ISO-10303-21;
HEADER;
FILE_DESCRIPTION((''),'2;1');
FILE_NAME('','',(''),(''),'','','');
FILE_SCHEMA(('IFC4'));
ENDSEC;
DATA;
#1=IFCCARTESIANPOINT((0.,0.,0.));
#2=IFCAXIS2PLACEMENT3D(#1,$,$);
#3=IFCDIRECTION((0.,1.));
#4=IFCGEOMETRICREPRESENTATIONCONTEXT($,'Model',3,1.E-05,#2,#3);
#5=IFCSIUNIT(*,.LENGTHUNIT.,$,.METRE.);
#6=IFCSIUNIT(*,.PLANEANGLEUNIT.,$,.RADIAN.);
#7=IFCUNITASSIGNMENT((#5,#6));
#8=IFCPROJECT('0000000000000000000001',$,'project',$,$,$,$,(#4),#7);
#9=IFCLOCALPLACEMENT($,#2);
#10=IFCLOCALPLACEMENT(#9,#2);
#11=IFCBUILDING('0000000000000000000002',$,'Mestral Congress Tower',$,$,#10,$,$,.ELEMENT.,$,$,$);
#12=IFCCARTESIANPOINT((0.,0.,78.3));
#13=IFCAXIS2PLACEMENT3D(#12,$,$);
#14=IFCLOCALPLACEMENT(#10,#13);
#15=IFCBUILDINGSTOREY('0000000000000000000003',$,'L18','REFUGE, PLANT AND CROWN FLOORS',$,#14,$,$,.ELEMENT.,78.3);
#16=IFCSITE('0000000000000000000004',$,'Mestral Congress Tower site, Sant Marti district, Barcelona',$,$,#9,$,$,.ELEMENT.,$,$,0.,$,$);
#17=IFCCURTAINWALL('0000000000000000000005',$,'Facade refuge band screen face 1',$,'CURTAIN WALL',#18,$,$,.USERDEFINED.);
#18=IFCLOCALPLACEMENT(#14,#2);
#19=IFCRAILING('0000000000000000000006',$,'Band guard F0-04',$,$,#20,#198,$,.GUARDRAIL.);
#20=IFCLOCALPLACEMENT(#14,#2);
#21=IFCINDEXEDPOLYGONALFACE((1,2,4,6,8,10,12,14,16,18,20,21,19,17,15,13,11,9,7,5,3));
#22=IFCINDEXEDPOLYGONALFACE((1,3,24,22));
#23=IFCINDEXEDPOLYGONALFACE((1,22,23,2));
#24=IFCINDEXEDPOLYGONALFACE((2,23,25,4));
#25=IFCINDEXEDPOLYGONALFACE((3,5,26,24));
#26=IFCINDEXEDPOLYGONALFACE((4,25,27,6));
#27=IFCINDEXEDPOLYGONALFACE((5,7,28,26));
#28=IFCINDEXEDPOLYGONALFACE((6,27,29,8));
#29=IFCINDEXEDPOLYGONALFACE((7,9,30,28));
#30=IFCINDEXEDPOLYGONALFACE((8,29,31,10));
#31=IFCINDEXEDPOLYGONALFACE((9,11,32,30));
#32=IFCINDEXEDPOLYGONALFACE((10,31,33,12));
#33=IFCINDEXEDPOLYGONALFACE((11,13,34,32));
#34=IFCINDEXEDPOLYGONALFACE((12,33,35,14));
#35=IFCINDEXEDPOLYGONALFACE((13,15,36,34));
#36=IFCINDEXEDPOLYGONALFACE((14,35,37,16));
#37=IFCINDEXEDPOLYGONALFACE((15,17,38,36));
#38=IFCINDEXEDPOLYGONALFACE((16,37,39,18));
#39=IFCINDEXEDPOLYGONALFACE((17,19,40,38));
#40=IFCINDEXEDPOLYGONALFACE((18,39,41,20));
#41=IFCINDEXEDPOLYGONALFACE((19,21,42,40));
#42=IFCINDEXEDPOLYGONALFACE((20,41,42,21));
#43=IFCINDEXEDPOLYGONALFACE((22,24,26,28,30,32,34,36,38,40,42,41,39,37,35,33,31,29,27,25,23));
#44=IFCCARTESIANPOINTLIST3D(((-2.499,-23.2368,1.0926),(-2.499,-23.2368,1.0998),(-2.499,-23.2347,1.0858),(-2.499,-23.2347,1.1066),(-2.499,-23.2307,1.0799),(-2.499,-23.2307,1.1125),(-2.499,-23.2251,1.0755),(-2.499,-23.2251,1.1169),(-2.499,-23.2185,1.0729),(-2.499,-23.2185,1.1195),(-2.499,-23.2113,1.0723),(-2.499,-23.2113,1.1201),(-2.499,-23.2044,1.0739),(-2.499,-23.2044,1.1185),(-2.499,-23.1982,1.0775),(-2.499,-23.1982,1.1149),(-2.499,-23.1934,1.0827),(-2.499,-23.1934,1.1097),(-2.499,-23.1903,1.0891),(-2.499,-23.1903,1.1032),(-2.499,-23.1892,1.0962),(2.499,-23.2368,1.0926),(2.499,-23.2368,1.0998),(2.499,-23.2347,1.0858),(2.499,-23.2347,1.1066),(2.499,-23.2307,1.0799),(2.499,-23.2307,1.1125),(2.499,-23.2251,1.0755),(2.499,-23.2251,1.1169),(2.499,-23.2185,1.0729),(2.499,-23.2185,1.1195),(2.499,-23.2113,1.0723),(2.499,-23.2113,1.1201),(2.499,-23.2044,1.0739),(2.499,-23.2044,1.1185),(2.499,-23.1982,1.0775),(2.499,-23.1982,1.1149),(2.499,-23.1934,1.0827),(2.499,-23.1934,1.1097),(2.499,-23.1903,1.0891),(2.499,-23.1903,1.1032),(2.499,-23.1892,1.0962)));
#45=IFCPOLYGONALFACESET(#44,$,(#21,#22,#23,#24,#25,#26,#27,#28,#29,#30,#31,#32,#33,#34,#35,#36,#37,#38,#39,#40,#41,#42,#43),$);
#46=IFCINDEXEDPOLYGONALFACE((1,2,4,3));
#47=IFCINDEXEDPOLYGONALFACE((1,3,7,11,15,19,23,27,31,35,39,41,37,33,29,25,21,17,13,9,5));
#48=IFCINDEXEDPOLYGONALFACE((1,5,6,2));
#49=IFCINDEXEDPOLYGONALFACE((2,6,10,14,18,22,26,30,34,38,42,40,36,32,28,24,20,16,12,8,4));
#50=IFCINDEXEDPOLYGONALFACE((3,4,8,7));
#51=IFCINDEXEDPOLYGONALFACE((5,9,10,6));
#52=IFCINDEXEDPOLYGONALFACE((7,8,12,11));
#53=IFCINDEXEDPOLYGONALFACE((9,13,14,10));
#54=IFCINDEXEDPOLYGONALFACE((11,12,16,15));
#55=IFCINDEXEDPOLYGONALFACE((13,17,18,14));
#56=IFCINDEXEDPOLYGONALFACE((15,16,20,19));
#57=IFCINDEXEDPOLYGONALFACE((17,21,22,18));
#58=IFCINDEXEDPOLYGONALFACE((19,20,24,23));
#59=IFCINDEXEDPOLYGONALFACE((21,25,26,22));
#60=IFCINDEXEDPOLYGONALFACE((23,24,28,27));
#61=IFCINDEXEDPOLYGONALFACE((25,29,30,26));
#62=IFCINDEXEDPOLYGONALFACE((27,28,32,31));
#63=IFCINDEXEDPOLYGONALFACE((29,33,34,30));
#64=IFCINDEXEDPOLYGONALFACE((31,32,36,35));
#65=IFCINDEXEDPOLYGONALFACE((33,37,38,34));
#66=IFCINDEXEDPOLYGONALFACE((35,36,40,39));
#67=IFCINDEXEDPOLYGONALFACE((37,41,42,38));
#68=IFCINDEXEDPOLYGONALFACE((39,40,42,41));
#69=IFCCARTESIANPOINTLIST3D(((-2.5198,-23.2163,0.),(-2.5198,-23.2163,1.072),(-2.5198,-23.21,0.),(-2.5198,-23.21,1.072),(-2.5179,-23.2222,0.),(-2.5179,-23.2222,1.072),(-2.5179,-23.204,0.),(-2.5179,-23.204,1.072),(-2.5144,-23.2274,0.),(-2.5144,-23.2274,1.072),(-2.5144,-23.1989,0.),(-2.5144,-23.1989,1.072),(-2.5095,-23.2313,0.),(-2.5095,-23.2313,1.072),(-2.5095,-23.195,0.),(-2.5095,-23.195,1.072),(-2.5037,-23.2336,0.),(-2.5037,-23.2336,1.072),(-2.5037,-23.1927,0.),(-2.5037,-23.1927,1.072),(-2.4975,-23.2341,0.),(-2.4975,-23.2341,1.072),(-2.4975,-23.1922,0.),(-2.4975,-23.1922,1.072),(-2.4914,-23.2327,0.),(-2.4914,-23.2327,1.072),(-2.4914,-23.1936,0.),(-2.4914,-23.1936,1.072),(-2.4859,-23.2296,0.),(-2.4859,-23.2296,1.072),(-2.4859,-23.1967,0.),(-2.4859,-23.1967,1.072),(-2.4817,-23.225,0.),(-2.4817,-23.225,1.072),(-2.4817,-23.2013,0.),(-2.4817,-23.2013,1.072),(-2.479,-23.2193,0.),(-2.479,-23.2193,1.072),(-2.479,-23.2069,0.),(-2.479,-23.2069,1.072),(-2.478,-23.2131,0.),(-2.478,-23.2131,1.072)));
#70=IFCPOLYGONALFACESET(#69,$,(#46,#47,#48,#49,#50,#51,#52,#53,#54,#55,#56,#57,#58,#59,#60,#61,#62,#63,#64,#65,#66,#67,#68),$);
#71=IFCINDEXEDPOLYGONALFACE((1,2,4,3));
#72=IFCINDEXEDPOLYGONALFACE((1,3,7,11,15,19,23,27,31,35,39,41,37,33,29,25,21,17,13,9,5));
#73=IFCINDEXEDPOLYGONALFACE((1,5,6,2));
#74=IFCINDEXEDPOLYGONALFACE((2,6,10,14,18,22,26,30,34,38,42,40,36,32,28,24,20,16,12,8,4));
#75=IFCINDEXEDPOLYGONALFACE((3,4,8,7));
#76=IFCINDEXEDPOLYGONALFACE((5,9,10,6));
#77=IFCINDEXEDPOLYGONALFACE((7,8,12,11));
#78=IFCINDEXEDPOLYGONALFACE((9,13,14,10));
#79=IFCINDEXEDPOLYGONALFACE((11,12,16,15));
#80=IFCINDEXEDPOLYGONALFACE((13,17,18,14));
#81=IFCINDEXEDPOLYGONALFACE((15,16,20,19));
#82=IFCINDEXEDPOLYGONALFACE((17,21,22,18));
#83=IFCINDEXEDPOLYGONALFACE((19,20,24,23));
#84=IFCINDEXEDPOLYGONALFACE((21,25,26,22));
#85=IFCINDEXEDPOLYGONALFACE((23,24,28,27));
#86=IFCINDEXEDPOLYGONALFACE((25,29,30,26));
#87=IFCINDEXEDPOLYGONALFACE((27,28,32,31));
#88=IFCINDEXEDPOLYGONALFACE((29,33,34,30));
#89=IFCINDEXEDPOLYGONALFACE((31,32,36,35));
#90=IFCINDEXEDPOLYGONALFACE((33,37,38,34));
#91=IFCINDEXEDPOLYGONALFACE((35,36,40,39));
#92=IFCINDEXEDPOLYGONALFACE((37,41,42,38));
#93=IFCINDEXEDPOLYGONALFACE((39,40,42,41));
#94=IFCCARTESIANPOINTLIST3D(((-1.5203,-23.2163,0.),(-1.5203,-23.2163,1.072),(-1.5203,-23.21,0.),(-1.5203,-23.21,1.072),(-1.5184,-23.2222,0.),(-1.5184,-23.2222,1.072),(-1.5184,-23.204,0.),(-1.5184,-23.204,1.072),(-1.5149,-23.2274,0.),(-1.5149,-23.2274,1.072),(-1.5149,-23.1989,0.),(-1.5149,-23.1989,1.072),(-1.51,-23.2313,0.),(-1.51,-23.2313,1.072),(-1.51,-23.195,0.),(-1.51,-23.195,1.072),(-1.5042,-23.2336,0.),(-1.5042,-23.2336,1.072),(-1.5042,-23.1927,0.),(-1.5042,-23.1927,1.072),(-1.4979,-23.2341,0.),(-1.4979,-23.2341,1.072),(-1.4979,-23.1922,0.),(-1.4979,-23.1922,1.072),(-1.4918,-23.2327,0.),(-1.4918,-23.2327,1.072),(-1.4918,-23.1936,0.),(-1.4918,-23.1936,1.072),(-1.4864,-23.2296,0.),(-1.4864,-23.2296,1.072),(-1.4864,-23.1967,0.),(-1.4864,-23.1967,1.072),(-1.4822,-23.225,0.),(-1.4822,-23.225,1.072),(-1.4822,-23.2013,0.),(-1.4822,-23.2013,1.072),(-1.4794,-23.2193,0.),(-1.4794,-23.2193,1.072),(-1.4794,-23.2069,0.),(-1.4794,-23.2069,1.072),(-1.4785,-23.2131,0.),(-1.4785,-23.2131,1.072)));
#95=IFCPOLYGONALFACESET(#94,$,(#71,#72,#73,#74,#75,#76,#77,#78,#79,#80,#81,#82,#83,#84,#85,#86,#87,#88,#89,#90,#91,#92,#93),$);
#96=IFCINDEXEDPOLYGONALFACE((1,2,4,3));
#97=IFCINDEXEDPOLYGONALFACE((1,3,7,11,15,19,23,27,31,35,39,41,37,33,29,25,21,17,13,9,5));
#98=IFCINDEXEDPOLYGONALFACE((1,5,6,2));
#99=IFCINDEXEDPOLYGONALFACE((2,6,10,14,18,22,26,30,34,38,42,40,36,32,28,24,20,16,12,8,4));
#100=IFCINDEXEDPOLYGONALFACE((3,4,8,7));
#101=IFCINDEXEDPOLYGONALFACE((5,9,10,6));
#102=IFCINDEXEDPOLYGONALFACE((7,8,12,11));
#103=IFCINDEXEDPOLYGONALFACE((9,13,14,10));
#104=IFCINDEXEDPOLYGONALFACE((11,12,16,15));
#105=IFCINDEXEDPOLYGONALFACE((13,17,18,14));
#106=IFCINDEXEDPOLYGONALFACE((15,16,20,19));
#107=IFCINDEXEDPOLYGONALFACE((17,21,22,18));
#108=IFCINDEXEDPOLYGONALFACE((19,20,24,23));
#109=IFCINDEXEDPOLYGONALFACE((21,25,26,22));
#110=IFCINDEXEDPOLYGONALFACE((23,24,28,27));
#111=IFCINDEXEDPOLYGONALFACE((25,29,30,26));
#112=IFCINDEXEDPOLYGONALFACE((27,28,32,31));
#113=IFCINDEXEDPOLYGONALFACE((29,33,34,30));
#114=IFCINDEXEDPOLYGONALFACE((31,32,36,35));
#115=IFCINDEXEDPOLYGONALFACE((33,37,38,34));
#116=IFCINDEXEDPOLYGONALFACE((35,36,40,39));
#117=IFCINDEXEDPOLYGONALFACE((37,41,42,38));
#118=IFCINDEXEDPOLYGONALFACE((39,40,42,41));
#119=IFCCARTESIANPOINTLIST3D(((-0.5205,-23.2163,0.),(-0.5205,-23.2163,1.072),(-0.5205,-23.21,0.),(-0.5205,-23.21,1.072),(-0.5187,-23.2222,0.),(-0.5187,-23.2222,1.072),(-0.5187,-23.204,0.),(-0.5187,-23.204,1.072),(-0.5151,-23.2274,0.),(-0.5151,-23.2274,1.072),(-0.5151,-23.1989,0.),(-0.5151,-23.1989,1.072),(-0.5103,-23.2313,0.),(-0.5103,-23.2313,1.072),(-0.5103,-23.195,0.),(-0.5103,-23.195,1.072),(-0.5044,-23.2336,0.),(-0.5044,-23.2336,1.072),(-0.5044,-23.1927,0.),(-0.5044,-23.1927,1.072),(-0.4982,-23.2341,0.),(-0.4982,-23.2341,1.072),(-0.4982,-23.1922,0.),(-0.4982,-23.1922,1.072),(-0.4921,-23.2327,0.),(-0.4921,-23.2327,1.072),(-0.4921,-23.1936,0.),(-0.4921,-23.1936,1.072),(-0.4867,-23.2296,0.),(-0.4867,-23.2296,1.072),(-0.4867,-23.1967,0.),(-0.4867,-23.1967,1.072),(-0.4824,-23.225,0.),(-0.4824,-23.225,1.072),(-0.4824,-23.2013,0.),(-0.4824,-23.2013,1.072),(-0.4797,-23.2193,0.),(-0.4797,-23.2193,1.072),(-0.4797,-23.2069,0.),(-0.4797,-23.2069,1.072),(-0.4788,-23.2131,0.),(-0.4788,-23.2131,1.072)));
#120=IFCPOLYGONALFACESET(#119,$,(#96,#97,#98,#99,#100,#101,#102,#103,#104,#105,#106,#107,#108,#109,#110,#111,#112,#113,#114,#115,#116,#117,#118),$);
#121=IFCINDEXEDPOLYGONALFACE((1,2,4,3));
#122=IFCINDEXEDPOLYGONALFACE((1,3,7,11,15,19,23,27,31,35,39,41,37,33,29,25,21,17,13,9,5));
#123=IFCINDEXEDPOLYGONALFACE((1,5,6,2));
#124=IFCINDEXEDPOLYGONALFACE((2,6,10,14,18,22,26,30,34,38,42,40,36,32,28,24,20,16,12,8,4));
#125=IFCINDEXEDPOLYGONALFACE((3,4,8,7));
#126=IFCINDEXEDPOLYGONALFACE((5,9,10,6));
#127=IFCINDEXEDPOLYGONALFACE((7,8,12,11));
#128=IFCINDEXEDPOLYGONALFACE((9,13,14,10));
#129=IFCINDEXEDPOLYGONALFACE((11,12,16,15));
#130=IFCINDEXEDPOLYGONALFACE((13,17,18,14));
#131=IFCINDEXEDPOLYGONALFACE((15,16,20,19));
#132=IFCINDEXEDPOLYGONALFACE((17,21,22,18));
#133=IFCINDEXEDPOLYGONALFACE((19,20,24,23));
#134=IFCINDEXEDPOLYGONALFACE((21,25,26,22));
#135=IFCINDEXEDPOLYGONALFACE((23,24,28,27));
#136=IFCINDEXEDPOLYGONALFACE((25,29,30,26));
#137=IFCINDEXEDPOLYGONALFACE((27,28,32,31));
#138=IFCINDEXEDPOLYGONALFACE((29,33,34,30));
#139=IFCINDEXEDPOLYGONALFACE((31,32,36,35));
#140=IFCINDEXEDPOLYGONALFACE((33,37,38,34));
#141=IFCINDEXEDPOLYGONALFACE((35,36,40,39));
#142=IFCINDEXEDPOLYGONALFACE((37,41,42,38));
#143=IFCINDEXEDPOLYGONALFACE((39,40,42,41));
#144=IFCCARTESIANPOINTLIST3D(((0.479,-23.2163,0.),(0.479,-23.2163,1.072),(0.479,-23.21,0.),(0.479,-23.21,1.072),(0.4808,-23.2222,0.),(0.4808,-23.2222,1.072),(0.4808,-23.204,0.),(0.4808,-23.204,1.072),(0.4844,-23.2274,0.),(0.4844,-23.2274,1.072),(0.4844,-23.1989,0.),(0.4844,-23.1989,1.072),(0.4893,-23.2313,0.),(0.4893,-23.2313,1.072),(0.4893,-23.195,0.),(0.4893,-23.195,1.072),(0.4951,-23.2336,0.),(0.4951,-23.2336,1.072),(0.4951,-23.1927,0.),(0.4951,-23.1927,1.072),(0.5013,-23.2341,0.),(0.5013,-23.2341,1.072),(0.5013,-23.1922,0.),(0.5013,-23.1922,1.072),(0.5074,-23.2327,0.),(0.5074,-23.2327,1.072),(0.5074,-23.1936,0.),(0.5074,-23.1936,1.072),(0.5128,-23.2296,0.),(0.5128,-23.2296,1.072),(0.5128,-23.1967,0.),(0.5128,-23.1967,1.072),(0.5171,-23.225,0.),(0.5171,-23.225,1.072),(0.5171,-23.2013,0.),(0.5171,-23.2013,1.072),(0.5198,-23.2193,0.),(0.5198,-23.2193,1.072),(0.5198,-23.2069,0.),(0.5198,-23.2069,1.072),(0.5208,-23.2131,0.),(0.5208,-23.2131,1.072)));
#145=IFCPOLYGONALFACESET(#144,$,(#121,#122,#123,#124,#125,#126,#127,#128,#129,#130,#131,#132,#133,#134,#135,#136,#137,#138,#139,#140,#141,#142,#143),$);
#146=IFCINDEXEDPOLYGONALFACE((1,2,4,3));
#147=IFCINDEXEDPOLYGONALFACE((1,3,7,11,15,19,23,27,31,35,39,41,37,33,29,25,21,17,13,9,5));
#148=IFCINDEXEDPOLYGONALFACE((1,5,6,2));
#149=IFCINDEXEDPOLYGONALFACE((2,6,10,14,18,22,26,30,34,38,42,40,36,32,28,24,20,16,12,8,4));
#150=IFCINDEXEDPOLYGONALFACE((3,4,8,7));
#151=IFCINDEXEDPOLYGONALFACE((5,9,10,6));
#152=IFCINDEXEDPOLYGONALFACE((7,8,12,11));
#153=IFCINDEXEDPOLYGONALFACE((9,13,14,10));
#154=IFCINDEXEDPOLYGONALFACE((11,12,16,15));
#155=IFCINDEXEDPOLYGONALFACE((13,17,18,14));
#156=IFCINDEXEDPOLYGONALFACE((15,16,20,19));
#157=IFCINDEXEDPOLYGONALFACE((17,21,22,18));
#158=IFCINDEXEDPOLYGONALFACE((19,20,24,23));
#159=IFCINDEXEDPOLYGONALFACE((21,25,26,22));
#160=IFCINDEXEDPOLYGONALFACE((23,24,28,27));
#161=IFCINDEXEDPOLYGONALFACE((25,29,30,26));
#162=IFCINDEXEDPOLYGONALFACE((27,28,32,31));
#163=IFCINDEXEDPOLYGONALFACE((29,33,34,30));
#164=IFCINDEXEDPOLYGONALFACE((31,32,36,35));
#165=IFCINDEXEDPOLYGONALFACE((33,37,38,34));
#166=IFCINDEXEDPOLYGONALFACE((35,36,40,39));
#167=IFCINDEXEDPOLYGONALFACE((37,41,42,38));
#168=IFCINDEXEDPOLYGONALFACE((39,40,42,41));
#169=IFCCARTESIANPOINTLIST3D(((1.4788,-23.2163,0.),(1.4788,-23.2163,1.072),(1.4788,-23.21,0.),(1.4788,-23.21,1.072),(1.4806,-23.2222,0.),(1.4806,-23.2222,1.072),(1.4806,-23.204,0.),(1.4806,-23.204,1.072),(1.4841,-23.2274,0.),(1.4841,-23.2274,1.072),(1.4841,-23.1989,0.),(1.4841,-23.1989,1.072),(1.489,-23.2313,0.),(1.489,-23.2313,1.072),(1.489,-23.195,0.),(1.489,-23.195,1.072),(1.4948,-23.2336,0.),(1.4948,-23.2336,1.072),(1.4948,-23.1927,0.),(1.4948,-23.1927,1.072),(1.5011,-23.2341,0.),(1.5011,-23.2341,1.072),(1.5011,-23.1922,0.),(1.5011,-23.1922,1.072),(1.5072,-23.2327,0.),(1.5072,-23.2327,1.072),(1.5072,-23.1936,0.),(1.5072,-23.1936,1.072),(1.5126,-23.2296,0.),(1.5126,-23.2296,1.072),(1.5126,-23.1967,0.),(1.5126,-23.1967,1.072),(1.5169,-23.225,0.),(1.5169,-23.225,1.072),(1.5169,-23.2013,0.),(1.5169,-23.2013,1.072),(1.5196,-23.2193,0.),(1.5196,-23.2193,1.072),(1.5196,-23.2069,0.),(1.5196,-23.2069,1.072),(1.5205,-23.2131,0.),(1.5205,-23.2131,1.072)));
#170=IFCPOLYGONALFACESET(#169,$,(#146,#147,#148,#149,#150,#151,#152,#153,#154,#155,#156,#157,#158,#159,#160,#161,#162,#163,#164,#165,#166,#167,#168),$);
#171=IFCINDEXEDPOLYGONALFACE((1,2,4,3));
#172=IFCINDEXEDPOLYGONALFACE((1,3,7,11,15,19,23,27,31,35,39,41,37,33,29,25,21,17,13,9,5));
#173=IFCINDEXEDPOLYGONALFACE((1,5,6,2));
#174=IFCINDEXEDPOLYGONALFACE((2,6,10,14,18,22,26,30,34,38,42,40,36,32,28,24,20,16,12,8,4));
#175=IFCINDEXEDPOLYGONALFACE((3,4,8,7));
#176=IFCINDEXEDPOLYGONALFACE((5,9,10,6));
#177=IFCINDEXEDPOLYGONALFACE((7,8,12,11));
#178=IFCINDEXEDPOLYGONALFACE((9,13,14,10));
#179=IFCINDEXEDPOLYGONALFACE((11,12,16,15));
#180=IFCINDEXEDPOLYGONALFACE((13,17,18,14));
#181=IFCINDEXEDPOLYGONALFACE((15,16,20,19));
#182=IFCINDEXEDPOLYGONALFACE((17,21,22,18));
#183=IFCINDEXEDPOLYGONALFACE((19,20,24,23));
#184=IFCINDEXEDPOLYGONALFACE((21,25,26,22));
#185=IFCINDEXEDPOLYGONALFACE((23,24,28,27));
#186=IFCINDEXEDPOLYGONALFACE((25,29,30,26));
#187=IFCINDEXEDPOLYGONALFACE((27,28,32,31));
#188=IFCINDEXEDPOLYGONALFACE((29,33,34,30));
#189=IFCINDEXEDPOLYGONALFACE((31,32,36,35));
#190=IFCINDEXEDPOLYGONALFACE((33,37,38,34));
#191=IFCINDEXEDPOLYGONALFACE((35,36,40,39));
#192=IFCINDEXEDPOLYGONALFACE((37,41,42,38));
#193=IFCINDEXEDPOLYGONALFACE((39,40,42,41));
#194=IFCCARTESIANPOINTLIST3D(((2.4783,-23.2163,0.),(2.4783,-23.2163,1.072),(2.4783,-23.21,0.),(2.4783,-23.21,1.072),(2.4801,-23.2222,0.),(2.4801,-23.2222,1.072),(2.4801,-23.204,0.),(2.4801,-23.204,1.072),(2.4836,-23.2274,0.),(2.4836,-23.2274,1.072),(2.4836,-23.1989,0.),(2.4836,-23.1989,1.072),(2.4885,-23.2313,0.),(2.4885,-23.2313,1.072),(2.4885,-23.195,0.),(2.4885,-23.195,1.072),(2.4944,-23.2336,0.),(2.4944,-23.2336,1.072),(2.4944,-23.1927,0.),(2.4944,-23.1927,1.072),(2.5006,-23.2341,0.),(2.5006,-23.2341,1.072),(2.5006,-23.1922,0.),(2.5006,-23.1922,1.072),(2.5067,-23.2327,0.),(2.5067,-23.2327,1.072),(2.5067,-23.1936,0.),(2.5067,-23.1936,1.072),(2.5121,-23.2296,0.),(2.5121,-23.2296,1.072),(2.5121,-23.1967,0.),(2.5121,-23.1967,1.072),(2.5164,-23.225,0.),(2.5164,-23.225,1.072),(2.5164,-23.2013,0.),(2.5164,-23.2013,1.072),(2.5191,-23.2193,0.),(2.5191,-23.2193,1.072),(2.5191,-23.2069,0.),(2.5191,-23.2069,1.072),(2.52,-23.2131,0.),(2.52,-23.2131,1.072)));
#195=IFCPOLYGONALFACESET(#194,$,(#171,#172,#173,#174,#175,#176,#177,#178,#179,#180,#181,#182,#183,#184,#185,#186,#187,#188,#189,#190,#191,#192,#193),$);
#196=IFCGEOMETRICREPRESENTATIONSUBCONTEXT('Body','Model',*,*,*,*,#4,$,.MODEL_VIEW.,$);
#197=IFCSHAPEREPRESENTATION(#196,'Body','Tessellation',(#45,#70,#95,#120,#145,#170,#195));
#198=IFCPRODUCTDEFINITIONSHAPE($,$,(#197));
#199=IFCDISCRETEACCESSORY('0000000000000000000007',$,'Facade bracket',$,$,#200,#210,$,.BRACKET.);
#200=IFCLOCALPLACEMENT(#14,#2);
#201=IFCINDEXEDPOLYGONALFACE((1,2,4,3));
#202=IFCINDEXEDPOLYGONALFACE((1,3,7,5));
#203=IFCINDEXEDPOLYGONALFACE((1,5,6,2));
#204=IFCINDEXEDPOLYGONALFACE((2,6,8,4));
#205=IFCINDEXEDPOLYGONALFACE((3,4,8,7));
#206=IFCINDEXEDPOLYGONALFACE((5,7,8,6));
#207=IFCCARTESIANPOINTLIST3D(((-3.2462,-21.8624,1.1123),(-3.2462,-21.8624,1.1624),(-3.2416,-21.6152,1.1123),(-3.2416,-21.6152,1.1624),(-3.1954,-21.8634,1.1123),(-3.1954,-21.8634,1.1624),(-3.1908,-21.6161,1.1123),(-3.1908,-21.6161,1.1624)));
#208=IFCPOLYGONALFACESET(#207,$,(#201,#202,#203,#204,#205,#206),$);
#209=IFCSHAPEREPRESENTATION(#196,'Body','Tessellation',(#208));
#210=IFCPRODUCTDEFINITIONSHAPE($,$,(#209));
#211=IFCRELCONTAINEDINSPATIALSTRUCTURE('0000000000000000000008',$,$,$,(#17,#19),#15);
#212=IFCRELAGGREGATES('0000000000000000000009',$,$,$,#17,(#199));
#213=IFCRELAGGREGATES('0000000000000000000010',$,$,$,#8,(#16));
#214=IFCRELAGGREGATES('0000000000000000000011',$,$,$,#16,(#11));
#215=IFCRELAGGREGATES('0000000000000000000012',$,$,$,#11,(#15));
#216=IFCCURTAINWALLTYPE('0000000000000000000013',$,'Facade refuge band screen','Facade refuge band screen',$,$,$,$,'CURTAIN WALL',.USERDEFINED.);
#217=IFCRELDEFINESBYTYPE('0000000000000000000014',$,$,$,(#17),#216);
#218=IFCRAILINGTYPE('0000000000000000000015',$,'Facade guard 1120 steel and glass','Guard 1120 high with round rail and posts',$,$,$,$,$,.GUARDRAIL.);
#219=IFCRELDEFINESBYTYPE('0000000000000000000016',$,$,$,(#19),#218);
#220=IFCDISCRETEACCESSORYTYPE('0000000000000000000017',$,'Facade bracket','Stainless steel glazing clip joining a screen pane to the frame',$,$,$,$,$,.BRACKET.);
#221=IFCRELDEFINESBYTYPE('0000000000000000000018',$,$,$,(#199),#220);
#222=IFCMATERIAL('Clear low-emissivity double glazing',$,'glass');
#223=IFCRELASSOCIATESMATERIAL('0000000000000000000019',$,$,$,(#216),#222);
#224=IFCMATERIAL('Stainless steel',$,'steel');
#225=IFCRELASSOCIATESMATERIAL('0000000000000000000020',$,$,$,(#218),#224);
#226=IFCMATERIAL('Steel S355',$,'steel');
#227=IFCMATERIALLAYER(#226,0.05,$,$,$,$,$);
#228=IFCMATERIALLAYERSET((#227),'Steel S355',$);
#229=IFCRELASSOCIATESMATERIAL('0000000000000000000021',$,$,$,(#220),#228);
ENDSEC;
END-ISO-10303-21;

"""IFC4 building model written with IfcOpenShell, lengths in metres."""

from ifc_helpers import new_model, si_unit, direction, frame, origin, origin_2d, place, context, subcontext, project, spatial, rectangle, circle, extrude, material, layer, layer_set, type_object, element, aggregate, save


model = new_model("IFC4")

# Units and contexts
model_context = context("Model", 3, precision=1e-05, world=origin(), true_north=direction((0.0, 1.0)))
body_context = subcontext(model_context, "Body", "Model", "MODEL_VIEW")
ifc_project = project(units=[si_unit("LENGTHUNIT", "METRE"), si_unit("PLANEANGLEUNIT", "RADIAN")], contexts=[model_context])

# Site, building, storey
site_placement = place(None, origin())
site = spatial("IfcSite", under=ifc_project, at=site_placement, Name="Mestral Congress Tower site, Sant Marti district, Barcelona", CompositionType="ELEMENT", RefElevation=0.0)
building_placement = place(site_placement, origin())
building = spatial("IfcBuilding", under=site, at=building_placement, Name="Mestral Congress Tower", CompositionType="ELEMENT")
storey_placement = place(building_placement, frame((0.0, 0.0, 78.3)))
storey = spatial("IfcBuildingStorey", under=building, at=storey_placement, Name="L18", Description="REFUGE, PLANT AND CROWN FLOORS", CompositionType="ELEMENT", Elevation=78.3)

# Shared definitions
ifc_material_1 = material(Name="Steel S355", Category="steel")

# Curtain wall
ifc_material_2 = material(Name="Clear low-emissivity double glazing", Category="glass")
curtain_wall_type = type_object("IfcCurtainWallType", Name="Facade refuge band screen", Description="Facade refuge band screen", ElementType="CURTAIN WALL", PredefinedType="USERDEFINED", material=ifc_material_2)
curtain_wall_placement = place(storey_placement, origin())
curtain_wall = element("IfcCurtainWall", 1, at=curtain_wall_placement, inside=storey, type_object=curtain_wall_type, Name="Facade refuge band screen face 1", ObjectType="CURTAIN WALL", PredefinedType="USERDEFINED")

# Railing
ifc_material_3 = material(Name="Stainless steel", Category="steel")
railing_type = type_object("IfcRailingType", Name="Facade guard 1120 steel and glass", Description="Guard 1120 high with round rail and posts", PredefinedType="GUARDRAIL", material=ifc_material_3)
railing_1_placement = place(storey_placement, frame((-2.499, -23.2131, 0.0)))
element("IfcRailing", 2, at=railing_1_placement, inside=storey, type_object=railing_type, Name="Band guard F0-04", PredefinedType="GUARDRAIL", context=body_context, shape_type="SweptSolid", body=[
    extrude(circle(Radius=0.0239, at=origin_2d()), frame((0.0, 0.0, 1.0962), z_axis=(1.0, 0.0, 0.0), x_axis=(0.0, 1.0, 0.0)), (0.0, 0.0, 1.0), 4.998),
    extrude(circle(Radius=0.021, at=origin_2d()), origin(), (0.0, 0.0, 1.0), 1.072),
    extrude(circle(Radius=0.021, at=origin_2d()), frame((0.9995, 0.0, 0.0)), (0.0, 0.0, 1.0), 1.072),
    extrude(circle(Radius=0.021, at=origin_2d()), frame((1.9993, 0.0, 0.0)), (0.0, 0.0, 1.0), 1.072),
    extrude(circle(Radius=0.021, at=origin_2d()), frame((2.9988, 0.0, 0.0)), (0.0, 0.0, 1.0), 1.072),
    extrude(circle(Radius=0.021, at=origin_2d()), frame((3.9985, 0.0, 0.0)), (0.0, 0.0, 1.0), 1.072),
    extrude(circle(Radius=0.021, at=origin_2d()), frame((4.998, 0.0, 0.0)), (0.0, 0.0, 1.0), 1.072),
])

# Discrete accessory
ifc_layer_1 = layer(ifc_material_1, 0.05)
ifc_layer_set_1 = layer_set([ifc_layer_1], Name="Steel S355")
discrete_accessory_type = type_object("IfcDiscreteAccessoryType", Name="Facade bracket", Description="Stainless steel glazing clip joining a screen pane to the frame", PredefinedType="BRACKET", material=ifc_layer_set_1)
discrete_accessory_1_placement = place(storey_placement, frame((-3.2185, -21.7393, 1.1123), z_axis=(0.0, 0.0, 1.0), x_axis=(0.99983, -0.018451, 0.0)))
discrete_accessory_1 = element("IfcDiscreteAccessory", 3, at=discrete_accessory_1_placement, type_object=discrete_accessory_type, Name="Facade bracket", PredefinedType="BRACKET", context=body_context, shape_type="SweptSolid", body=[
    extrude(rectangle(XDim=0.0508, YDim=0.2473, at=origin_2d()), origin(), (0.0, 0.0, 1.0), 0.05),
])
aggregate(curtain_wall, [discrete_accessory_1])

save(model, "model.ifc")
